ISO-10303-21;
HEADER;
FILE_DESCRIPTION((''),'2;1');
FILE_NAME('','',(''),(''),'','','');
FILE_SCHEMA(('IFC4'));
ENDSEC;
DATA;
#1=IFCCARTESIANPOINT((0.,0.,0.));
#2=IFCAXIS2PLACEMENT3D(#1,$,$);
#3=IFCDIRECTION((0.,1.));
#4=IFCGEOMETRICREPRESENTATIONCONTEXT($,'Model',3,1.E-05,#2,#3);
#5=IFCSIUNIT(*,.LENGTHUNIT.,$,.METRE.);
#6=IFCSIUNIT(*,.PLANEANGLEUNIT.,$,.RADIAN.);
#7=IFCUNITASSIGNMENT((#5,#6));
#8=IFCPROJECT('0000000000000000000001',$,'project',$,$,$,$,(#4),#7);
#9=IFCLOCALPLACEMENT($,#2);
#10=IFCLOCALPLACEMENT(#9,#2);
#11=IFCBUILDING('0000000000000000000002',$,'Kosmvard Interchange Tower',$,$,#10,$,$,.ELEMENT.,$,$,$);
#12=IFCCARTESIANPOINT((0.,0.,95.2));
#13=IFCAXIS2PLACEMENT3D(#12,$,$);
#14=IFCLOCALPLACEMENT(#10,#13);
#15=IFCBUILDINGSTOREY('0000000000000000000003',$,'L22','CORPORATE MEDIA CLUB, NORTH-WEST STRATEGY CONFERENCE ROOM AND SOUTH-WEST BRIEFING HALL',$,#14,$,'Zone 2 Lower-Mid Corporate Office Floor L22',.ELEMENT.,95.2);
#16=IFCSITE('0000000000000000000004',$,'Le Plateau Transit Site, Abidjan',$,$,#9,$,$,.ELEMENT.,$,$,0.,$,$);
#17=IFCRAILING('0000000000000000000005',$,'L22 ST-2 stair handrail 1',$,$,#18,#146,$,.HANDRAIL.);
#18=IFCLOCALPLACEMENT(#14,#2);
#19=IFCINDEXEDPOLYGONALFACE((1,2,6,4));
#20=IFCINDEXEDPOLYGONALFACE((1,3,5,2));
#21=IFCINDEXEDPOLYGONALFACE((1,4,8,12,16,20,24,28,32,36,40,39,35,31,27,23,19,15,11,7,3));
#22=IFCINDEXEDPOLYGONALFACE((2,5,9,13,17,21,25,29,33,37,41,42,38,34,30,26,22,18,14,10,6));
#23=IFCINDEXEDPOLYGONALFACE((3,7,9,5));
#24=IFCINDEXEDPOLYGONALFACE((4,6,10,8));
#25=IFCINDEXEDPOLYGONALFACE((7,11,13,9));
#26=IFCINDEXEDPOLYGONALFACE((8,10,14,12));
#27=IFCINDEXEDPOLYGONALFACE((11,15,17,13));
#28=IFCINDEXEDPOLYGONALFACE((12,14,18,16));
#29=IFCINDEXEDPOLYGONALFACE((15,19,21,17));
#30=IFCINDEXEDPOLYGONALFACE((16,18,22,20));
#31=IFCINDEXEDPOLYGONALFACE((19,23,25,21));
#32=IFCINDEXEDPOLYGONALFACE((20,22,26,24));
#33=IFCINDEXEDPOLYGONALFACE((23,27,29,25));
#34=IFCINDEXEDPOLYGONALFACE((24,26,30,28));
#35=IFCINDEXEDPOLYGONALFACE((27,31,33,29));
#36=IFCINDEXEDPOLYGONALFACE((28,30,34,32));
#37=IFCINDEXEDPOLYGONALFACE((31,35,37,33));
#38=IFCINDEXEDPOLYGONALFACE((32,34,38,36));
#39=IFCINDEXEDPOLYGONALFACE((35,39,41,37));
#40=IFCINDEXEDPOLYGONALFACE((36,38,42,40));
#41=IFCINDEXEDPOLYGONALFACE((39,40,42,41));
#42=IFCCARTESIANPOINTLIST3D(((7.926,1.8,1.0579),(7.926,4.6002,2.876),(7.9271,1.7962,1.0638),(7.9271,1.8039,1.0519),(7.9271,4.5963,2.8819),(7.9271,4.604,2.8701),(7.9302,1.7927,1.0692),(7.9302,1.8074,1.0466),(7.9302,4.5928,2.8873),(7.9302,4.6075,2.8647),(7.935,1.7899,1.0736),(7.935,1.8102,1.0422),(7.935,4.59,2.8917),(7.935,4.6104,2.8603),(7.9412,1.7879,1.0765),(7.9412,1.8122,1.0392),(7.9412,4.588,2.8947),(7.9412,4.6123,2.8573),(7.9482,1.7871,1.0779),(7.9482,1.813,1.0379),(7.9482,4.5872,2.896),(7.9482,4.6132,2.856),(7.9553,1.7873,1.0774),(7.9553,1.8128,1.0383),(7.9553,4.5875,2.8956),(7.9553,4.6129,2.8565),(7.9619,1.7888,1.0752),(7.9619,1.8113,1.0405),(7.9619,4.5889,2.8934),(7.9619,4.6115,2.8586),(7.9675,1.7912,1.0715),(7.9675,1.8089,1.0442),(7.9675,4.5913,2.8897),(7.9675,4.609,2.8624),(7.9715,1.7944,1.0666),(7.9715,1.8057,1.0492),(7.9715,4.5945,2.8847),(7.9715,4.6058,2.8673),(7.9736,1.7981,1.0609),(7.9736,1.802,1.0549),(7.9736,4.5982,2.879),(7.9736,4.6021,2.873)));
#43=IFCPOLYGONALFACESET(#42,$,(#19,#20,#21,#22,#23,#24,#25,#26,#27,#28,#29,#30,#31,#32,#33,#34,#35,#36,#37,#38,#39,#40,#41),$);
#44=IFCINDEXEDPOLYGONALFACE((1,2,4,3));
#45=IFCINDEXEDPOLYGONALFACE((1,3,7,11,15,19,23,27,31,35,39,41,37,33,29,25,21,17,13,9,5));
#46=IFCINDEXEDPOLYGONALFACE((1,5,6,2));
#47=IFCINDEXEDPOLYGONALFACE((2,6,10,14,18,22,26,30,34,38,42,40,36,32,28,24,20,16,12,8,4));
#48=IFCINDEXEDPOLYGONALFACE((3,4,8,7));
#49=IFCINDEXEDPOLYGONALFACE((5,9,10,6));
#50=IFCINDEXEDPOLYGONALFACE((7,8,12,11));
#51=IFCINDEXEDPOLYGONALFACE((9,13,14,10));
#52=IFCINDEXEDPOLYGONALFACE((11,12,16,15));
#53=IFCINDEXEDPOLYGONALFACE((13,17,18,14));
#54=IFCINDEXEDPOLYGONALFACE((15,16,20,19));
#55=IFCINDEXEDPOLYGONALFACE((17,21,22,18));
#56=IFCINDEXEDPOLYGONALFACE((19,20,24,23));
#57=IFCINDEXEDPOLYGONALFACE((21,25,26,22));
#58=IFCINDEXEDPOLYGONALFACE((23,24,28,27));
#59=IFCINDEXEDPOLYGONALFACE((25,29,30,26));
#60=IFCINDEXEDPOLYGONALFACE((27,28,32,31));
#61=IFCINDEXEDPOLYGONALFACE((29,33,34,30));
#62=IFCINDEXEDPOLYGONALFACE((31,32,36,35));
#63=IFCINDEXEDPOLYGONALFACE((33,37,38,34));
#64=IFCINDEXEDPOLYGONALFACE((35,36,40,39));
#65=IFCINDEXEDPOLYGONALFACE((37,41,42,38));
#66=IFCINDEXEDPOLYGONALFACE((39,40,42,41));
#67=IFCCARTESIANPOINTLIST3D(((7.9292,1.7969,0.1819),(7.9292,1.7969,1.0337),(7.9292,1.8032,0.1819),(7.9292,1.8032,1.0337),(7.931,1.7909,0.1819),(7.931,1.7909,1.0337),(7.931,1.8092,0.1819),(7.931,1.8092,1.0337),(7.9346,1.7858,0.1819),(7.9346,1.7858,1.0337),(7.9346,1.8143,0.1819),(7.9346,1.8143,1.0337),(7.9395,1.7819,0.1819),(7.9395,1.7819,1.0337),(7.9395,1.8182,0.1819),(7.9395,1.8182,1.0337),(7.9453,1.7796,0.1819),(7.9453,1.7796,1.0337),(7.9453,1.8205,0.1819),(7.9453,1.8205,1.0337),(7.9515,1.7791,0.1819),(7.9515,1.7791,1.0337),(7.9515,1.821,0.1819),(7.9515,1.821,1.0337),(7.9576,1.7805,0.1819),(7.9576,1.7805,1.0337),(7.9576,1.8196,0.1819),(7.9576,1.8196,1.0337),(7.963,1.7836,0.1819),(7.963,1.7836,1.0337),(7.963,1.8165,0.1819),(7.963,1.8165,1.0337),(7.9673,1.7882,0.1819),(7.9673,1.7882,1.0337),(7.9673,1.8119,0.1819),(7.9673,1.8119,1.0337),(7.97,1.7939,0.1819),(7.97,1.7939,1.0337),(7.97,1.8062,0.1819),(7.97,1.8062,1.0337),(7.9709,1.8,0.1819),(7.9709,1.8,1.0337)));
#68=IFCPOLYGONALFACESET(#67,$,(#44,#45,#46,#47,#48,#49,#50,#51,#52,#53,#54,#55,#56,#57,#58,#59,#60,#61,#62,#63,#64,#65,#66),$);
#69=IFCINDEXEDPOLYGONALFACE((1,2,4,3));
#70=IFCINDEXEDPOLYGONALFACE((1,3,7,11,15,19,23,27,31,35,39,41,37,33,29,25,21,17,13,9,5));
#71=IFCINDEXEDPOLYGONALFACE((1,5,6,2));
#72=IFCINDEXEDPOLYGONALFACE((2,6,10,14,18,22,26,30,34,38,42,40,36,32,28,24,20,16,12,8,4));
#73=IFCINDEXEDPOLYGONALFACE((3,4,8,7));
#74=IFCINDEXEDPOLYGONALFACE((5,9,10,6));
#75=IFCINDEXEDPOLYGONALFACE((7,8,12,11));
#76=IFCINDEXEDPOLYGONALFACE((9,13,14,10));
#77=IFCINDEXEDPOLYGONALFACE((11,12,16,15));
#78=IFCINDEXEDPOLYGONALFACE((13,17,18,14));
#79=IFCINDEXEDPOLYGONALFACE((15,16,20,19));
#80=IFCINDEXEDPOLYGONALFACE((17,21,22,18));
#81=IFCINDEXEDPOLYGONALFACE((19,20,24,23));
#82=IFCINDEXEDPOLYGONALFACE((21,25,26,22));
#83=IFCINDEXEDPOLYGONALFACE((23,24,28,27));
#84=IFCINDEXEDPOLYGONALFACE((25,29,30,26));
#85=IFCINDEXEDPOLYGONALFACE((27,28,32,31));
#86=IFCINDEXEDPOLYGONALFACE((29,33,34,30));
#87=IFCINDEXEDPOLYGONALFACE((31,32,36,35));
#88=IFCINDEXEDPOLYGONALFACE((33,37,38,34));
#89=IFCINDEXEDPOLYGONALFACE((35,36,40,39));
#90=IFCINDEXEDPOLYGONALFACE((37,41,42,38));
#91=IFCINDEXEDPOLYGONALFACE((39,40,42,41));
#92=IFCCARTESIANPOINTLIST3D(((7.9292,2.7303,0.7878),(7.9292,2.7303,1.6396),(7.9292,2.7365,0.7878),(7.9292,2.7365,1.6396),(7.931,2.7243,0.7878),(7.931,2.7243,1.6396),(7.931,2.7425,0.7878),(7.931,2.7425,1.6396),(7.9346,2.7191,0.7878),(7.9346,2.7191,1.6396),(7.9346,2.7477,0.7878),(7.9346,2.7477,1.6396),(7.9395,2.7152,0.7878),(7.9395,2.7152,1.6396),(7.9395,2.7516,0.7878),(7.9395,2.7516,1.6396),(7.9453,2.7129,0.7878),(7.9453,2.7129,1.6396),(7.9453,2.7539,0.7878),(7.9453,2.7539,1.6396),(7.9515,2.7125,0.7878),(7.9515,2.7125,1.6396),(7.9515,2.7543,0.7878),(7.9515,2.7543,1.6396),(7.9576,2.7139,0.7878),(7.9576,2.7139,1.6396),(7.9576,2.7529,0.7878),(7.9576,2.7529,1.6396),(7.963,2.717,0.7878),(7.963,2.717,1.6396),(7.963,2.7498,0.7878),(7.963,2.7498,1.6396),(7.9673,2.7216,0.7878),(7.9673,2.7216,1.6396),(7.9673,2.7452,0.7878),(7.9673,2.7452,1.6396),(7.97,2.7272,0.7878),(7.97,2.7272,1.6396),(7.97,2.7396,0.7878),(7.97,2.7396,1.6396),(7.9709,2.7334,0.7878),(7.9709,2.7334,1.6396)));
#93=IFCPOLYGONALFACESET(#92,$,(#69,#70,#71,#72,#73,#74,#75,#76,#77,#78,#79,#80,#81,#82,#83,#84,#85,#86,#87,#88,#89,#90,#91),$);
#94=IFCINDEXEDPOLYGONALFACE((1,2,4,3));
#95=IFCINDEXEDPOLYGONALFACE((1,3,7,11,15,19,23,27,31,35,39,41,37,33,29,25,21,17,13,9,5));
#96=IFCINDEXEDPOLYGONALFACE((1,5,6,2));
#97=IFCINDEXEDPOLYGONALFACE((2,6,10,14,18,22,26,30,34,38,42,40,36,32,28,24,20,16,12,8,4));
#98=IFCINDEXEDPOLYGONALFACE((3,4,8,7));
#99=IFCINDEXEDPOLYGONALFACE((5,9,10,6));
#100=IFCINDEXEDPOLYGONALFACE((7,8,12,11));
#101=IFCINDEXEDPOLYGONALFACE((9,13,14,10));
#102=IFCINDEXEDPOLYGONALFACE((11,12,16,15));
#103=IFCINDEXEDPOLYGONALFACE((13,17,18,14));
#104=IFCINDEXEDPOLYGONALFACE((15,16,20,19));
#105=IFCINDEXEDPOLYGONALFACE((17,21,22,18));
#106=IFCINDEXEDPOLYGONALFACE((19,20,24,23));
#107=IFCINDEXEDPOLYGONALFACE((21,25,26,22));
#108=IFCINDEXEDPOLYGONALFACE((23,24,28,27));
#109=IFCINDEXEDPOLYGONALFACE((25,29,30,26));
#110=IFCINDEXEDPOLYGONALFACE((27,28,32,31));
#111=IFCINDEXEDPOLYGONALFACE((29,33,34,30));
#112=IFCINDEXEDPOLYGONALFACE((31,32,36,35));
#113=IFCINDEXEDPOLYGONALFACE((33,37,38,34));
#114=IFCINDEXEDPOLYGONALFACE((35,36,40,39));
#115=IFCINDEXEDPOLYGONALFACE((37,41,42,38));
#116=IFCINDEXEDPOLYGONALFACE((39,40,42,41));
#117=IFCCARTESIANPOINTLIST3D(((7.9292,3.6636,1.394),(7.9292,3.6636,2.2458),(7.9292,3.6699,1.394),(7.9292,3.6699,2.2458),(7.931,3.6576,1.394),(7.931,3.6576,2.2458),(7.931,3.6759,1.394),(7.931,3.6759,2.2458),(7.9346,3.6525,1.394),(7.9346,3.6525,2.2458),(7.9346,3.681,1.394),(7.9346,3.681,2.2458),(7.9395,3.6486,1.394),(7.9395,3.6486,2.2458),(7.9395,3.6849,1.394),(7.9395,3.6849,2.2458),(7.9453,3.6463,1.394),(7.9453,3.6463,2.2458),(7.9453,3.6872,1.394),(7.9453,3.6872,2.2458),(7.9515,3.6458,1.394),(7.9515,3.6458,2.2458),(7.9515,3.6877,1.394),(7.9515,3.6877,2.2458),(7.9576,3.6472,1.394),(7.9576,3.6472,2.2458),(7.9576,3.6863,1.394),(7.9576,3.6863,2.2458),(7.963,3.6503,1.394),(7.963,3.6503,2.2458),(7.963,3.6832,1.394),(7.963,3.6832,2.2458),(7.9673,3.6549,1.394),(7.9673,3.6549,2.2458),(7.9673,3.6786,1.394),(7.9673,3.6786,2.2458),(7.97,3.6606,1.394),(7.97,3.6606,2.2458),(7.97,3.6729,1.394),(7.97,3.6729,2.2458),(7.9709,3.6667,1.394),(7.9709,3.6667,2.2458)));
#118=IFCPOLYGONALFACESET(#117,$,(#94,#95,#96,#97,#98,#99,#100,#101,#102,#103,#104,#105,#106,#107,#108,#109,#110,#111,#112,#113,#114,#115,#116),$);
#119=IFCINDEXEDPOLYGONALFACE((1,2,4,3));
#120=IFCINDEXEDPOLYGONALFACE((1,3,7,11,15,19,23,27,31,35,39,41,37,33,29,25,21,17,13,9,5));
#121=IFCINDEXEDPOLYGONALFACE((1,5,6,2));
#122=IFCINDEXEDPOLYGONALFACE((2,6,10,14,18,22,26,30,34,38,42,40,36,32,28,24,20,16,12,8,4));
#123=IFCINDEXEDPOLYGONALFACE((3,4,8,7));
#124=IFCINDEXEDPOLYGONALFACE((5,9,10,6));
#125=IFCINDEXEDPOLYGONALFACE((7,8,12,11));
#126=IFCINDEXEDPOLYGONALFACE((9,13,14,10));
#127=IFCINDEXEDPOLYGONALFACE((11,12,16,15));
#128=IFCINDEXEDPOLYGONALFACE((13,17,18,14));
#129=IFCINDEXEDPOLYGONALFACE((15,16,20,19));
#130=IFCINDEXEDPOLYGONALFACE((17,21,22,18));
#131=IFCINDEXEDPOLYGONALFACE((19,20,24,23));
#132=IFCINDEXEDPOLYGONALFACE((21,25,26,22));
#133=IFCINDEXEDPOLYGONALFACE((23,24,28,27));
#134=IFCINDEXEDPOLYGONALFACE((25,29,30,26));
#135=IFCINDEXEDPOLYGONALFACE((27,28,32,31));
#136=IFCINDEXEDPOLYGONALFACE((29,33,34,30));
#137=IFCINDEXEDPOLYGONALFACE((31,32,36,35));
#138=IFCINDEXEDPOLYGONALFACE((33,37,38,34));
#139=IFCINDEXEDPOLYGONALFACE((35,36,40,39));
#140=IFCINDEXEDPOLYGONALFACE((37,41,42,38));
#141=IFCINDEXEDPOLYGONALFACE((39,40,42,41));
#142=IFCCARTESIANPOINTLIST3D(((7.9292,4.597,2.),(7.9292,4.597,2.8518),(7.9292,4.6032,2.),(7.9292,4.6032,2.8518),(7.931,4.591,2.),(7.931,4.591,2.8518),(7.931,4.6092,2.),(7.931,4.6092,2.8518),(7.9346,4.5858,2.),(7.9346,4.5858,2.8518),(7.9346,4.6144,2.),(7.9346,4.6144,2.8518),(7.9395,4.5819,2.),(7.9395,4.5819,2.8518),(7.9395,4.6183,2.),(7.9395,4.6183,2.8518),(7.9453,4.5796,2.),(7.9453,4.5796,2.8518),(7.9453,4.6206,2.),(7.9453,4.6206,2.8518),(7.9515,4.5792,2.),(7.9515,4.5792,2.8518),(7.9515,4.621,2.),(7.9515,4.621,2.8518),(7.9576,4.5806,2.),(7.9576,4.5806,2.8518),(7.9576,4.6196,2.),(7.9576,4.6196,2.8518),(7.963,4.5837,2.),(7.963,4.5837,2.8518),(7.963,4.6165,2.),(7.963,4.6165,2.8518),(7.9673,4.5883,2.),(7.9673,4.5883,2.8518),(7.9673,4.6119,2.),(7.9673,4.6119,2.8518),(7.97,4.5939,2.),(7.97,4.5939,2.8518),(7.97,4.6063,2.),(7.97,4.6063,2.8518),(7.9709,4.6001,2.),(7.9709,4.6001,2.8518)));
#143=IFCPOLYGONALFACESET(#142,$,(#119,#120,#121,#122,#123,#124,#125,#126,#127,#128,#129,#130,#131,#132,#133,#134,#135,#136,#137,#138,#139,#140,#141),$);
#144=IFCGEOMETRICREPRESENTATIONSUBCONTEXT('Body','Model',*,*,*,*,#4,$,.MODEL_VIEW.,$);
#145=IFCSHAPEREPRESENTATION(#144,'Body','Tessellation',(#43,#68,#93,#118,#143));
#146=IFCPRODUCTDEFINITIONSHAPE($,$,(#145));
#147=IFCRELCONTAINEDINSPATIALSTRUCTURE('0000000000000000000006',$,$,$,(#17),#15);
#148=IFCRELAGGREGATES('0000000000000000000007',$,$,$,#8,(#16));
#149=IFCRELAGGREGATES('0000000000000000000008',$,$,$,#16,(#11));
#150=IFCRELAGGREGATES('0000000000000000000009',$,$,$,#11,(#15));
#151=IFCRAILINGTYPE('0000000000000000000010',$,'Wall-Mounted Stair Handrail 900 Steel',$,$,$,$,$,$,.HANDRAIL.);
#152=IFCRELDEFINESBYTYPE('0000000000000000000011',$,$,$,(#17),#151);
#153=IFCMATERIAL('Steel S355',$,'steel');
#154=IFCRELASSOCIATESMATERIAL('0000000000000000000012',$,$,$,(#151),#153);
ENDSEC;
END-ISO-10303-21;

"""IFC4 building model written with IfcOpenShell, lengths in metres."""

from ifc_helpers import new_model, si_unit, direction, frame, origin, origin_2d, place, context, subcontext, project, spatial, circle, extrude, source, transform, mapped, material, type_object, element, save


model = new_model("IFC4")

# Units and contexts
model_context = context("Model", 3, precision=1e-05, world=origin(), true_north=direction((0.0, 1.0)))
body_context = subcontext(model_context, "Body", "Model", "MODEL_VIEW")
ifc_project = project(units=[si_unit("LENGTHUNIT", "METRE"), si_unit("PLANEANGLEUNIT", "RADIAN")], contexts=[model_context])

# Site, building, storey
site_placement = place(None, origin())
site = spatial("IfcSite", under=ifc_project, at=site_placement, Name="Le Plateau Transit Site, Abidjan", CompositionType="ELEMENT", RefElevation=0.0)
building_placement = place(site_placement, origin())
building = spatial("IfcBuilding", under=site, at=building_placement, Name="Kosmvard Interchange Tower", CompositionType="ELEMENT")
storey_placement = place(building_placement, frame((0.0, 0.0, 95.2)))
storey = spatial("IfcBuildingStorey", under=building, at=storey_placement, Name="L22", Description="CORPORATE MEDIA CLUB, NORTH-WEST STRATEGY CONFERENCE ROOM AND SOUTH-WEST BRIEFING HALL", LongName="Zone 2 Lower-Mid Corporate Office Floor L22", CompositionType="ELEMENT", Elevation=95.2)

# Shared definitions
ifc_material_1 = material(Name="Steel S355", Category="steel")

# Railing
railing_type_1 = type_object("IfcRailingType", Name="Wall-Mounted Stair Handrail 900 Steel", PredefinedType="HANDRAIL", material=ifc_material_1)
shared_shape_1 = source(origin(), body_context, "Body", "SweptSolid", [
    extrude(circle(Radius=0.0239, at=origin_2d()), frame((0.0, 0.0, 0.876), z_axis=(0.0, 0.838706, 0.544585), x_axis=(-1.0, 0.0, 0.0)), (0.0, 0.0, 1.0), 3.3386),
    extrude(circle(Radius=0.021, at=origin_2d()), origin(), (0.0, 0.0, 1.0), 0.8518),
    extrude(circle(Radius=0.021, at=origin_2d()), frame((0.0, 0.9333, 0.606)), (0.0, 0.0, 1.0), 0.8518),
    extrude(circle(Radius=0.021, at=origin_2d()), frame((0.0, 1.8667, 1.2122)), (0.0, 0.0, 1.0), 0.8518),
    extrude(circle(Radius=0.021, at=origin_2d()), frame((0.0, 2.8, 1.8181)), (0.0, 0.0, 1.0), 0.8518),
])
railing_1_placement = place(storey_placement, frame((7.95, 1.8, 0.1819)))
element("IfcRailing", 1, at=railing_1_placement, inside=storey, type_object=railing_type_1, Name="L22 ST-2 stair handrail 1", PredefinedType="HANDRAIL", context=body_context, shape_type="MappedRepresentation", body=[
    mapped(shared_shape_1, transform((0.0, 0.0, 0.0), scale=1.0)),
])

save(model, "model.ifc")
